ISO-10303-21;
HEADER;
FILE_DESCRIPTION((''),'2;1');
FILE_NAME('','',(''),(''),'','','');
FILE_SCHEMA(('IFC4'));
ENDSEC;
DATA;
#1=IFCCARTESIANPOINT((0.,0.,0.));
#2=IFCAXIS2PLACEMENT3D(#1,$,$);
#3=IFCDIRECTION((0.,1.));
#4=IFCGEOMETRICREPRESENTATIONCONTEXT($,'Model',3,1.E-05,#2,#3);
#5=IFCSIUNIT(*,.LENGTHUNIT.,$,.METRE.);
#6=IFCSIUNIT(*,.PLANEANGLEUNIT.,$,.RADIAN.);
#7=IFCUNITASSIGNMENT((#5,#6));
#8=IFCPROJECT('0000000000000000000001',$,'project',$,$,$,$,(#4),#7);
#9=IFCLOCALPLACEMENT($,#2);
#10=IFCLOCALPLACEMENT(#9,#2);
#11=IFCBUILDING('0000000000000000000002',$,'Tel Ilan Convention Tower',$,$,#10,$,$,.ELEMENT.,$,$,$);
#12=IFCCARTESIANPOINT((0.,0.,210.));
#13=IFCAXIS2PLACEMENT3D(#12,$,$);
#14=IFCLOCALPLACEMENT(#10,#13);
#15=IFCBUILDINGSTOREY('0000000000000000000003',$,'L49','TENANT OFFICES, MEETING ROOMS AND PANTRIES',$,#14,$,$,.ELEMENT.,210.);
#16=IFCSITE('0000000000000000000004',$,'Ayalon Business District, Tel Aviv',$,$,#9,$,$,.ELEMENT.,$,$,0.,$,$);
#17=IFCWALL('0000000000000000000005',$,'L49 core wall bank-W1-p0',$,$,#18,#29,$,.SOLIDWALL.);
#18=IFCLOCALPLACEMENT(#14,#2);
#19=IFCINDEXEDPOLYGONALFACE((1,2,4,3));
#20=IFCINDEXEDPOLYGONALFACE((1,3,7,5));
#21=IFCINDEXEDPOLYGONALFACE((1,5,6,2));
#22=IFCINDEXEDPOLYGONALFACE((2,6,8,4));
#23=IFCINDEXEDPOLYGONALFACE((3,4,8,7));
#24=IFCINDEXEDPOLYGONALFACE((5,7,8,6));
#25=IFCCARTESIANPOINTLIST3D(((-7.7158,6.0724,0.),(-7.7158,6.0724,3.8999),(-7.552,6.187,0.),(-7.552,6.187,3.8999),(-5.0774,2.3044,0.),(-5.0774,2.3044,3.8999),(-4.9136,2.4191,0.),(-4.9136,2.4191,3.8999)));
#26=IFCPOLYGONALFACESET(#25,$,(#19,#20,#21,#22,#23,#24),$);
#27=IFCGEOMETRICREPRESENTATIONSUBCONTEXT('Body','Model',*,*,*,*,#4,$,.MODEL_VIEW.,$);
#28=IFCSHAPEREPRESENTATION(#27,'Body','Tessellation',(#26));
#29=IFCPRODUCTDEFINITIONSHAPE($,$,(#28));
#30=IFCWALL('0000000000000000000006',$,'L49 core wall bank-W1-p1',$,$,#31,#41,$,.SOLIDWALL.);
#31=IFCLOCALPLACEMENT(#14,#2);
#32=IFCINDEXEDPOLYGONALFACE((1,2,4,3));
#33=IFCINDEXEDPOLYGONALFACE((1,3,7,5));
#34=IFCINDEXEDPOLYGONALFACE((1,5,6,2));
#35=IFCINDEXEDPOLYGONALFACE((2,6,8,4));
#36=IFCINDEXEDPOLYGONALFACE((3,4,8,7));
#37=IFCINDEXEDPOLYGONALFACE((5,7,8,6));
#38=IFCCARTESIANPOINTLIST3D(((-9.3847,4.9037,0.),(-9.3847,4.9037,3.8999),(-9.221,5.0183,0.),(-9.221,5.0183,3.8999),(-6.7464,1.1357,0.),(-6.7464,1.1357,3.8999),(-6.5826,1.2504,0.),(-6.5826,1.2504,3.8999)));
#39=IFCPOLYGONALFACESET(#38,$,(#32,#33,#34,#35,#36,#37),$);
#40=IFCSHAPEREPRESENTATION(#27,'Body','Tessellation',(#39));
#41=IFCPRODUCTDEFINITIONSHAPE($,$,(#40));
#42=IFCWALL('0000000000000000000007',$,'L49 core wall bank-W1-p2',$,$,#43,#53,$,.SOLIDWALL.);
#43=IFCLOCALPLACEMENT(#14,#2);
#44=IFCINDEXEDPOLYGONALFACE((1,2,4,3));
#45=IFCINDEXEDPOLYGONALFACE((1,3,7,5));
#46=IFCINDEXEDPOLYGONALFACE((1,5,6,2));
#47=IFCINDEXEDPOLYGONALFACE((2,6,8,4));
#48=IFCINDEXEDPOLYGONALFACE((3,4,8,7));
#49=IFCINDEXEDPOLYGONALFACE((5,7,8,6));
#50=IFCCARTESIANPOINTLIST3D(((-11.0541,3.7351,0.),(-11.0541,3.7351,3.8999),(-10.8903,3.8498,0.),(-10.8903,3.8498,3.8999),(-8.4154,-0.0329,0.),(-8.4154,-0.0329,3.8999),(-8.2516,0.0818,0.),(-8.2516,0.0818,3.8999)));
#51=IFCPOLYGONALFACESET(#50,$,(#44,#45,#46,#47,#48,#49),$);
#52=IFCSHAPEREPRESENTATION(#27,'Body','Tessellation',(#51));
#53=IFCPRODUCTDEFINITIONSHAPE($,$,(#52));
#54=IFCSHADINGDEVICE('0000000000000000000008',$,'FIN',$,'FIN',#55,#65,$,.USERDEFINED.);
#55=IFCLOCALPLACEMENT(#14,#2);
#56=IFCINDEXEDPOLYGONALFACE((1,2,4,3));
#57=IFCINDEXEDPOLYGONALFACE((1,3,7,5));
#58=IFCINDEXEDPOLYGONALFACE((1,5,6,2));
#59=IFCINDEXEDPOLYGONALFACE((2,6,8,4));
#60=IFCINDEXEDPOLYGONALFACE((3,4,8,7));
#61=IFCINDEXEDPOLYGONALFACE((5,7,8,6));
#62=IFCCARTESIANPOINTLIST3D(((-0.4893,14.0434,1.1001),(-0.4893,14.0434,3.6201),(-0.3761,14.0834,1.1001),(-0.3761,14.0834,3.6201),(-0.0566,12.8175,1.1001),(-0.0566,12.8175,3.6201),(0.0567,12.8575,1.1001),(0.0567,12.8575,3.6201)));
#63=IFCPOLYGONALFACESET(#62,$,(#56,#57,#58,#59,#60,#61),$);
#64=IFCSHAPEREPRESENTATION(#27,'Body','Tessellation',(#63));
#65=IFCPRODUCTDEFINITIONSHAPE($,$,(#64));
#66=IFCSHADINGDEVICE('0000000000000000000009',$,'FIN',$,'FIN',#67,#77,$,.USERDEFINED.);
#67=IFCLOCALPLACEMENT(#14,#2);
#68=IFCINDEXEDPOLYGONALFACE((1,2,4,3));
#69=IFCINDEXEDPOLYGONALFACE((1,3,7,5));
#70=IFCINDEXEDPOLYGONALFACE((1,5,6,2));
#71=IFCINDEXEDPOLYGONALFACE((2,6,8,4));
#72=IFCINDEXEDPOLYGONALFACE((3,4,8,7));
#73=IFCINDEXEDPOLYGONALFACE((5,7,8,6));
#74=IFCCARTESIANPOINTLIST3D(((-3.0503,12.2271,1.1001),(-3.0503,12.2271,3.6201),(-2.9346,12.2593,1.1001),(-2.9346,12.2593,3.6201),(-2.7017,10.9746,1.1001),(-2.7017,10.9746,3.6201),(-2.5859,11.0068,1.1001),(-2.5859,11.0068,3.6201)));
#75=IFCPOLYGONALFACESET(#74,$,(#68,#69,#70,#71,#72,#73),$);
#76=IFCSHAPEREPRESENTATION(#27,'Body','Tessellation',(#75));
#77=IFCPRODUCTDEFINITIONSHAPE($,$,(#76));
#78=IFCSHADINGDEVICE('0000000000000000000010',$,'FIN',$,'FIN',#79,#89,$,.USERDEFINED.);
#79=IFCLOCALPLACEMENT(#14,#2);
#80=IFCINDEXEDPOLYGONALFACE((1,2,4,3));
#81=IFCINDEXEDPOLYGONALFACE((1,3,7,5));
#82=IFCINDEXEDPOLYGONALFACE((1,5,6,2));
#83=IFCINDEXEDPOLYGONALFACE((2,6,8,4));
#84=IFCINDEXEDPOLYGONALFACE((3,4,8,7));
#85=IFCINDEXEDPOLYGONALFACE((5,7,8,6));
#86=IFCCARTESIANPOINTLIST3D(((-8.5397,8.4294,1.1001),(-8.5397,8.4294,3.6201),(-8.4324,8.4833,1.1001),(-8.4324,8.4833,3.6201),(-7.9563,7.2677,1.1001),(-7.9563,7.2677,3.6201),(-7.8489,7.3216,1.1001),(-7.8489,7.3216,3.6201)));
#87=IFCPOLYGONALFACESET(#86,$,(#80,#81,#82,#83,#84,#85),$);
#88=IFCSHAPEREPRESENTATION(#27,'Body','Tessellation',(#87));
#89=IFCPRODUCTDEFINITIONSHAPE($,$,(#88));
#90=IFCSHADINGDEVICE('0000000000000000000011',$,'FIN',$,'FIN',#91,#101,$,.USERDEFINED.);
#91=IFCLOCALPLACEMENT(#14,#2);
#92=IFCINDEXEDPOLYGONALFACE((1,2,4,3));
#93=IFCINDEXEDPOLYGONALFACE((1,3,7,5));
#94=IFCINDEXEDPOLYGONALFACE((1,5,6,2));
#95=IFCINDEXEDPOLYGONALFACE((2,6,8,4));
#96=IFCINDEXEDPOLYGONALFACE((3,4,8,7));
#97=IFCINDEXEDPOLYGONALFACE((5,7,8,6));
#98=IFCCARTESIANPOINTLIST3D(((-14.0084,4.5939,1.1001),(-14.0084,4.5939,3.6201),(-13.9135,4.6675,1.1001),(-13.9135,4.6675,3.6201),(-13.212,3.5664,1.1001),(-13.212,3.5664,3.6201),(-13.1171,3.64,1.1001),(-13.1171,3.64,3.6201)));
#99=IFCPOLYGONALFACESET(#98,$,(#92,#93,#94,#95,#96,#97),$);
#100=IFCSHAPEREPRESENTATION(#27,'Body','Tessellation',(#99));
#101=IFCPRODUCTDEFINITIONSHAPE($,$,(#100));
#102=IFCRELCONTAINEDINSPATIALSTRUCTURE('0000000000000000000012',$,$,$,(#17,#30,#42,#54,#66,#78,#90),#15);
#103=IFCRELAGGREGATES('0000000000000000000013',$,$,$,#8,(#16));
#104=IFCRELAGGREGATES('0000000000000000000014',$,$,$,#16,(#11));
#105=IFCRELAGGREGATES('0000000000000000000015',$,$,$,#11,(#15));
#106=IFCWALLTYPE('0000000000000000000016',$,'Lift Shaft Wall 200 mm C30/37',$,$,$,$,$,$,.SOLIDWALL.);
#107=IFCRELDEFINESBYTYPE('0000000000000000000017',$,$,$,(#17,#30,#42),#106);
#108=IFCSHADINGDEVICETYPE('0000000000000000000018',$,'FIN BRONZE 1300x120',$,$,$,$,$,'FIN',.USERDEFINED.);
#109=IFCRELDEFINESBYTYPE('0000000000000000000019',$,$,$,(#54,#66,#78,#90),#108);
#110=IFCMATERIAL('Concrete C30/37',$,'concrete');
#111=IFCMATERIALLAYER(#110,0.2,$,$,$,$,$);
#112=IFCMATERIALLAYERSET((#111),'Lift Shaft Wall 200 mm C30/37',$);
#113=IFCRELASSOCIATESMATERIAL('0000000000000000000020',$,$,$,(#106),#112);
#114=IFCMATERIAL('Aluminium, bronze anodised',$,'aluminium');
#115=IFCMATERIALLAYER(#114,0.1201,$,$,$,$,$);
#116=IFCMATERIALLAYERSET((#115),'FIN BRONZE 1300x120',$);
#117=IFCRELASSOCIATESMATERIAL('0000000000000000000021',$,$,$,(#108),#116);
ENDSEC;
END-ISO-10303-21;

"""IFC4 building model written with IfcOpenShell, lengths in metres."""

from ifc_helpers import new_model, si_unit, direction, frame, frame_2d, origin, origin_2d, place, context, subcontext, project, spatial, rectangle, extrude, material, layer, layer_set, type_object, element, save


model = new_model("IFC4")

# Units and contexts
model_context = context("Model", 3, precision=1e-05, world=origin(), true_north=direction((0.0, 1.0)))
body_context = subcontext(model_context, "Body", "Model", "MODEL_VIEW")
ifc_project = project(units=[si_unit("LENGTHUNIT", "METRE"), si_unit("PLANEANGLEUNIT", "RADIAN")], contexts=[model_context])

# Site, building, storey
site_placement = place(None, origin())
site = spatial("IfcSite", under=ifc_project, at=site_placement, Name="Ayalon Business District, Tel Aviv", CompositionType="ELEMENT", RefElevation=0.0)
building_placement = place(site_placement, origin())
building = spatial("IfcBuilding", under=site, at=building_placement, Name="Tel Ilan Convention Tower", CompositionType="ELEMENT")
storey_placement = place(building_placement, frame((0.0, 0.0, 210.0)))
storey = spatial("IfcBuildingStorey", under=building, at=storey_placement, Name="L49", Description="TENANT OFFICES, MEETING ROOMS AND PANTRIES", CompositionType="ELEMENT", Elevation=210.0)

# Walls
ifc_material_1 = material(Name="Concrete C30/37", Category="concrete")
ifc_layer_1 = layer(ifc_material_1, 0.2)
ifc_layer_set_1 = layer_set([ifc_layer_1], Name="Lift Shaft Wall 200 mm C30/37")
wall_type_1 = type_object("IfcWallType", Name="Lift Shaft Wall 200 mm C30/37", PredefinedType="SOLIDWALL", material=ifc_layer_set_1)
for number, where, z_axis, x_axis, name in (
    (1, (-4.9956, 2.3618, 0.0), (0.0, 0.0, 1.0), (-0.573576, 0.819152, 0.0), "L49 core wall bank-W1-p0"),
    (2, (-6.6646, 1.1931, 0.0), (0.0, 0.0, 1.0), (-0.573576, 0.819152, 0.0), "L49 core wall bank-W1-p1"),
):
    element("IfcWall", number, at=place(storey_placement, frame(where, z_axis=z_axis, x_axis=x_axis)), inside=storey, type_object=wall_type_1, Name=name, PredefinedType="SOLIDWALL", context=body_context, shape_type="SweptSolid", body=[
        extrude(rectangle(XDim=4.5999, YDim=0.2, at=frame_2d((2.2998, 0.0))), origin(), (0.0, 0.0, 1.0), 3.8999),
    ])
wall_1_placement = place(storey_placement, frame((-8.3335, 0.0244, 0.0), z_axis=(0.0, 0.0, 1.0), x_axis=(-0.573612, 0.819127, 0.0)))
element("IfcWall", 3, at=wall_1_placement, inside=storey, type_object=wall_type_1, Name="L49 core wall bank-W1-p2", PredefinedType="SOLIDWALL", context=body_context, shape_type="SweptSolid", body=[
    extrude(rectangle(XDim=4.6001, YDim=0.2, at=frame_2d((2.3, 0.0))), origin(), (0.0, 0.0, 1.0), 3.8999),
])

# Shading devices
ifc_material_2 = material(Name="Aluminium, bronze anodised", Category="aluminium")
ifc_layer_2 = layer(ifc_material_2, 0.1201)
ifc_layer_set_2 = layer_set([ifc_layer_2], Name="FIN BRONZE 1300x120")
shading_device_type = type_object("IfcShadingDeviceType", Name="FIN BRONZE 1300x120", ElementType="FIN", PredefinedType="USERDEFINED", material=ifc_layer_set_2)
for number, where, z_axis, x_axis, name in (
    (4, (-0.2163, 13.4504, 1.1001), (0.0, 0.0, 1.0), (-0.332893, 0.942965, 0.0), "FIN"),
    (5, (-2.8181, 11.6169, 1.1001), (0.0, 0.0, 1.0), (-0.268173, 0.963371, 0.0), "FIN"),
    (6, (-8.1943, 7.8755, 1.1001), (0.0, 0.0, 1.0), (-0.448799, 0.893633, 0.0), "FIN"),
    (7, (-13.5627, 4.1169, 1.1001), (0.0, 0.0, 1.0), (-0.612601, 0.790393, 0.0), "FIN"),
):
    element("IfcShadingDevice", number, at=place(storey_placement, frame(where, z_axis=z_axis, x_axis=x_axis)), inside=storey, type_object=shading_device_type, Name=name, ObjectType="FIN", PredefinedType="USERDEFINED", context=body_context, shape_type="SweptSolid", body=[
        extrude(rectangle(XDim=1.3, YDim=0.1201, at=origin_2d()), origin(), (0.0, 0.0, 1.0), 2.52),
    ])

save(model, "model.ifc")
